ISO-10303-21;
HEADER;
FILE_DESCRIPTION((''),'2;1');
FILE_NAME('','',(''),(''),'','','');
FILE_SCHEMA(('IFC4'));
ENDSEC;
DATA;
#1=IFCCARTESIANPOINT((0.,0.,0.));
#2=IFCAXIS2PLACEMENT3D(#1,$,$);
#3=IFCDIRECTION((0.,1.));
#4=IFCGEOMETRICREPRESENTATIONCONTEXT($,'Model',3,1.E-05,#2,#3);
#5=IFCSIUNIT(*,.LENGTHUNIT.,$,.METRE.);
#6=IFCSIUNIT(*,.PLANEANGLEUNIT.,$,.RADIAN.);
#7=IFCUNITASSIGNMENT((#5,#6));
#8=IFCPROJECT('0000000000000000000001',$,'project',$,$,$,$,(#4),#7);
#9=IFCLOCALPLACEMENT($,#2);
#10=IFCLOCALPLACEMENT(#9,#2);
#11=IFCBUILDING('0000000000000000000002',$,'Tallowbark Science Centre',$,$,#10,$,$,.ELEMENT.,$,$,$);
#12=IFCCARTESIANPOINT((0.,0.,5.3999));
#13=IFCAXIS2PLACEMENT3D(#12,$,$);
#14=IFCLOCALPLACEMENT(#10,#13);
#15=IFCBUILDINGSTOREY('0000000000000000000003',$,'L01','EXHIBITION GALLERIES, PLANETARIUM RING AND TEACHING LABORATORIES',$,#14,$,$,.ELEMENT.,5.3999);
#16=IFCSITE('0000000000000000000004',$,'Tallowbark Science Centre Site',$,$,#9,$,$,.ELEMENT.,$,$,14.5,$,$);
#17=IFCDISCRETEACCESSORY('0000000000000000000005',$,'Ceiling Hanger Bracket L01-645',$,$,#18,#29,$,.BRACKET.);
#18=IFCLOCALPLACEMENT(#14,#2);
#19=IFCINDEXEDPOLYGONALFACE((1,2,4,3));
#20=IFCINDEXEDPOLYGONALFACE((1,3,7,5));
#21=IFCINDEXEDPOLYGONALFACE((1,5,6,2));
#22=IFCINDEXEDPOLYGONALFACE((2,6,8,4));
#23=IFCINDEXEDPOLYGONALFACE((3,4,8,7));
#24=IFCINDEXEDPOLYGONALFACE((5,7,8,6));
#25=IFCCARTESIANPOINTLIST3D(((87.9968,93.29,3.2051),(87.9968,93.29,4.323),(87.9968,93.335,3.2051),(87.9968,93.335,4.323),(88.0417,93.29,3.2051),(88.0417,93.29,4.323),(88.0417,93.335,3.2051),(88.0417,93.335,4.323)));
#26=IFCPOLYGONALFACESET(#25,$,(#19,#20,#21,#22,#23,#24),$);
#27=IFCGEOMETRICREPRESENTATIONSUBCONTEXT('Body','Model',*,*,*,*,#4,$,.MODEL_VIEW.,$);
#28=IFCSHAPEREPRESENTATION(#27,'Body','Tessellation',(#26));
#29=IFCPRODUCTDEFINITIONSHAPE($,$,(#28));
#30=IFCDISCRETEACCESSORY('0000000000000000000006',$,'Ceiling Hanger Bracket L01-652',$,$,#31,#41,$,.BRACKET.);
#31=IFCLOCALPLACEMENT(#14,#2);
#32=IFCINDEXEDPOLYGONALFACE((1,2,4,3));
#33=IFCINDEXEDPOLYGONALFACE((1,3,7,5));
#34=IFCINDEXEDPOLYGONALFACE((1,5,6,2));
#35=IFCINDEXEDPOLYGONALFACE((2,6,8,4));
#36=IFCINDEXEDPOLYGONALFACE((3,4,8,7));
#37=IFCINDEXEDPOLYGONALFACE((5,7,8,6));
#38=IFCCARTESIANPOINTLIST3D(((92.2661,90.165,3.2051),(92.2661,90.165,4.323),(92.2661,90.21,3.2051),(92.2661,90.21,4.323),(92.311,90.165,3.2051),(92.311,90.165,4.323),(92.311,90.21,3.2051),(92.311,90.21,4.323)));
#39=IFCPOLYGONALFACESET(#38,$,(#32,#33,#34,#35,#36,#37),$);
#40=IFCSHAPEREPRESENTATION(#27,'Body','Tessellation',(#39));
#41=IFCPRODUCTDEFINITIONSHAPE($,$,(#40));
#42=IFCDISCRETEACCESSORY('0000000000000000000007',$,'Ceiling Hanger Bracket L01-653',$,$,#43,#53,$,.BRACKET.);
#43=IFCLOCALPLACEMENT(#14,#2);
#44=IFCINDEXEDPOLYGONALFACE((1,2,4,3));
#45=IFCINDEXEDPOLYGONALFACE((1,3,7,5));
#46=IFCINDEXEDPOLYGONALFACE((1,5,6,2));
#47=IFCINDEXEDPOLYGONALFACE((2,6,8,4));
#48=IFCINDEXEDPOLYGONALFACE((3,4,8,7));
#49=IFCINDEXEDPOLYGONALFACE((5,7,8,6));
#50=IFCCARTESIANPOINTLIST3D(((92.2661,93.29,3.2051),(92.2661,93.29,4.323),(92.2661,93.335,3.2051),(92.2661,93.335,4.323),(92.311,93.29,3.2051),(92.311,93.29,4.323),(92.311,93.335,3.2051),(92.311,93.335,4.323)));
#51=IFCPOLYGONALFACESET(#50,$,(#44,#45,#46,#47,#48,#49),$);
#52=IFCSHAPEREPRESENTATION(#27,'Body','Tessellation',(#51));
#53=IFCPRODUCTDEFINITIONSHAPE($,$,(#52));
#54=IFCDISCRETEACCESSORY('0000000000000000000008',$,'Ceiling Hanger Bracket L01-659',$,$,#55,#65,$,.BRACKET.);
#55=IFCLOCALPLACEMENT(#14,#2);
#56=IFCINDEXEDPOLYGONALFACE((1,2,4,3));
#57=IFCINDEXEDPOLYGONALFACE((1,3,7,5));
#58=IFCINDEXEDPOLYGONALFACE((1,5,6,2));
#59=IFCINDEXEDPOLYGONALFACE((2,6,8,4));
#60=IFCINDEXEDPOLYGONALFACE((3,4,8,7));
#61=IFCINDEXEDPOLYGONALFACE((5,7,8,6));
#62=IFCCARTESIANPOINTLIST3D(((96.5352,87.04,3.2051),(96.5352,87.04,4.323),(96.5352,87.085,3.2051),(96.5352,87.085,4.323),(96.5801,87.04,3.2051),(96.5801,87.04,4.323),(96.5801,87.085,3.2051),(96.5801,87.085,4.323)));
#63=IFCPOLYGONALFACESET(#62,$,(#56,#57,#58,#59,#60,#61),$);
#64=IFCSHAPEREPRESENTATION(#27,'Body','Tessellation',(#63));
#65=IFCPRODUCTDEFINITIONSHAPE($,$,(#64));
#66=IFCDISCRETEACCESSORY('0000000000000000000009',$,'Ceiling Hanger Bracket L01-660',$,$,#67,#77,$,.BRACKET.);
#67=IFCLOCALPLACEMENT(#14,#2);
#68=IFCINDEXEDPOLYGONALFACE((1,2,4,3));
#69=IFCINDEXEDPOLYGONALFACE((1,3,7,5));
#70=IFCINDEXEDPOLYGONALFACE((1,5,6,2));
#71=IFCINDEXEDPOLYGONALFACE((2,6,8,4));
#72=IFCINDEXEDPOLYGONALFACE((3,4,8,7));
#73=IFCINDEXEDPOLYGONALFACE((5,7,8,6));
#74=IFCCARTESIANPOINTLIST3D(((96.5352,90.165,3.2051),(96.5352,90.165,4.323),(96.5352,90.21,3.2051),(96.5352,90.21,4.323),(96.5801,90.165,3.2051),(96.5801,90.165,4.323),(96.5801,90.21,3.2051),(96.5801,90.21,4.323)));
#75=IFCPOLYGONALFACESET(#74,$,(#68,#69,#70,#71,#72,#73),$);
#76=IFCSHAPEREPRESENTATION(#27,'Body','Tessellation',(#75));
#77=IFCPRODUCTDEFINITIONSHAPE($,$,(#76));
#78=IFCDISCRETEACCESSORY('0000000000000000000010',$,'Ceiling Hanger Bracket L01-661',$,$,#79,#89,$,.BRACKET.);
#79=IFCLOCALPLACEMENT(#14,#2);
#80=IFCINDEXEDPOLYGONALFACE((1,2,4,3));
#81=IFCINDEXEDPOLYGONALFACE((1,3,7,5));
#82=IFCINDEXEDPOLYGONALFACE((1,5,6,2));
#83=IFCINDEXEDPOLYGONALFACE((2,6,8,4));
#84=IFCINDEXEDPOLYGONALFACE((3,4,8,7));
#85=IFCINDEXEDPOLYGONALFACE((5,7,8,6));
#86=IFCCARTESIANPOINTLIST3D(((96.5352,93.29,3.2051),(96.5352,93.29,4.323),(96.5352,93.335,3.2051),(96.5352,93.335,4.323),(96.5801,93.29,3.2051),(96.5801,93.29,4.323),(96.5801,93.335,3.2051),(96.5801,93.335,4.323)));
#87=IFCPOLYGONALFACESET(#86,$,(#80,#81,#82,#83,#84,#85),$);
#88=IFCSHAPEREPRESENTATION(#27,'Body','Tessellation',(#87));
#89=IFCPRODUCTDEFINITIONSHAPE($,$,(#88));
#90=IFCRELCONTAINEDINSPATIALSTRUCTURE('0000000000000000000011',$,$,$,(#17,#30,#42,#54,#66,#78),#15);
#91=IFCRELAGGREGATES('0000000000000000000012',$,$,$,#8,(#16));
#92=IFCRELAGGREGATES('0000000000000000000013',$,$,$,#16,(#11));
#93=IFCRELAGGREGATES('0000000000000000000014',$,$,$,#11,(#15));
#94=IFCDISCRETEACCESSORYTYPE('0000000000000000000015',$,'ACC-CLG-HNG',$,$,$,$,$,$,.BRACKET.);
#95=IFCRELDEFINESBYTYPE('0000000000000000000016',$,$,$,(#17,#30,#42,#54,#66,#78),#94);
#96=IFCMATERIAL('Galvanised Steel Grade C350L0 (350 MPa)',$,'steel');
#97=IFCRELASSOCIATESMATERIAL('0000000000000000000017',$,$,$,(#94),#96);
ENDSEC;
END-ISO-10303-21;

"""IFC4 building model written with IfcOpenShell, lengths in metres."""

from ifc_helpers import new_model, si_unit, direction, frame, origin, origin_2d, place, context, subcontext, project, spatial, rectangle, extrude, material, type_object, element, save


model = new_model("IFC4")

# Units and contexts
model_context = context("Model", 3, precision=1e-05, world=origin(), true_north=direction((0.0, 1.0)))
body_context = subcontext(model_context, "Body", "Model", "MODEL_VIEW")
ifc_project = project(units=[si_unit("LENGTHUNIT", "METRE"), si_unit("PLANEANGLEUNIT", "RADIAN")], contexts=[model_context])

# Site, building, storey
site_placement = place(None, origin())
site = spatial("IfcSite", under=ifc_project, at=site_placement, Name="Tallowbark Science Centre Site", CompositionType="ELEMENT", RefElevation=14.5)
building_placement = place(site_placement, origin())
building = spatial("IfcBuilding", under=site, at=building_placement, Name="Tallowbark Science Centre", CompositionType="ELEMENT")
storey_placement = place(building_placement, frame((0.0, 0.0, 5.3999)))
storey = spatial("IfcBuildingStorey", under=building, at=storey_placement, Name="L01", Description="EXHIBITION GALLERIES, PLANETARIUM RING AND TEACHING LABORATORIES", CompositionType="ELEMENT", Elevation=5.3999)

# Discrete accessories
ifc_material_1 = material(Name="Galvanised Steel Grade C350L0 (350 MPa)", Category="steel")
discrete_accessory_type = type_object("IfcDiscreteAccessoryType", Name="ACC-CLG-HNG", PredefinedType="BRACKET", material=ifc_material_1)
for number, where, z_axis, x_axis, name in (
    (1, (88.0193, 93.3125, 3.2051), (0.0, 0.0, 1.0), (1.0, 0.0, 0.0), "Ceiling Hanger Bracket L01-645"),
    (2, (92.2886, 90.1875, 3.2051), (0.0, 0.0, 1.0), (1.0, 0.0, 0.0), "Ceiling Hanger Bracket L01-652"),
    (3, (92.2886, 93.3125, 3.2051), (0.0, 0.0, 1.0), (1.0, 0.0, 0.0), "Ceiling Hanger Bracket L01-653"),
    (4, (96.5576, 87.0625, 3.2051), (0.0, 0.0, 1.0), (1.0, 0.0, 0.0), "Ceiling Hanger Bracket L01-659"),
    (5, (96.5576, 90.1875, 3.2051), (0.0, 0.0, 1.0), (1.0, 0.0, 0.0), "Ceiling Hanger Bracket L01-660"),
    (6, (96.5576, 93.3125, 3.2051), (0.0, 0.0, 1.0), (1.0, 0.0, 0.0), "Ceiling Hanger Bracket L01-661"),
):
    element("IfcDiscreteAccessory", number, at=place(storey_placement, frame(where, z_axis=z_axis, x_axis=x_axis)), inside=storey, type_object=discrete_accessory_type, Name=name, PredefinedType="BRACKET", context=body_context, shape_type="SweptSolid", body=[
        extrude(rectangle(XDim=0.0449, YDim=0.0449, at=origin_2d()), origin(), (0.0, 0.0, 1.0), 1.1179),
    ])

save(model, "model.ifc")
